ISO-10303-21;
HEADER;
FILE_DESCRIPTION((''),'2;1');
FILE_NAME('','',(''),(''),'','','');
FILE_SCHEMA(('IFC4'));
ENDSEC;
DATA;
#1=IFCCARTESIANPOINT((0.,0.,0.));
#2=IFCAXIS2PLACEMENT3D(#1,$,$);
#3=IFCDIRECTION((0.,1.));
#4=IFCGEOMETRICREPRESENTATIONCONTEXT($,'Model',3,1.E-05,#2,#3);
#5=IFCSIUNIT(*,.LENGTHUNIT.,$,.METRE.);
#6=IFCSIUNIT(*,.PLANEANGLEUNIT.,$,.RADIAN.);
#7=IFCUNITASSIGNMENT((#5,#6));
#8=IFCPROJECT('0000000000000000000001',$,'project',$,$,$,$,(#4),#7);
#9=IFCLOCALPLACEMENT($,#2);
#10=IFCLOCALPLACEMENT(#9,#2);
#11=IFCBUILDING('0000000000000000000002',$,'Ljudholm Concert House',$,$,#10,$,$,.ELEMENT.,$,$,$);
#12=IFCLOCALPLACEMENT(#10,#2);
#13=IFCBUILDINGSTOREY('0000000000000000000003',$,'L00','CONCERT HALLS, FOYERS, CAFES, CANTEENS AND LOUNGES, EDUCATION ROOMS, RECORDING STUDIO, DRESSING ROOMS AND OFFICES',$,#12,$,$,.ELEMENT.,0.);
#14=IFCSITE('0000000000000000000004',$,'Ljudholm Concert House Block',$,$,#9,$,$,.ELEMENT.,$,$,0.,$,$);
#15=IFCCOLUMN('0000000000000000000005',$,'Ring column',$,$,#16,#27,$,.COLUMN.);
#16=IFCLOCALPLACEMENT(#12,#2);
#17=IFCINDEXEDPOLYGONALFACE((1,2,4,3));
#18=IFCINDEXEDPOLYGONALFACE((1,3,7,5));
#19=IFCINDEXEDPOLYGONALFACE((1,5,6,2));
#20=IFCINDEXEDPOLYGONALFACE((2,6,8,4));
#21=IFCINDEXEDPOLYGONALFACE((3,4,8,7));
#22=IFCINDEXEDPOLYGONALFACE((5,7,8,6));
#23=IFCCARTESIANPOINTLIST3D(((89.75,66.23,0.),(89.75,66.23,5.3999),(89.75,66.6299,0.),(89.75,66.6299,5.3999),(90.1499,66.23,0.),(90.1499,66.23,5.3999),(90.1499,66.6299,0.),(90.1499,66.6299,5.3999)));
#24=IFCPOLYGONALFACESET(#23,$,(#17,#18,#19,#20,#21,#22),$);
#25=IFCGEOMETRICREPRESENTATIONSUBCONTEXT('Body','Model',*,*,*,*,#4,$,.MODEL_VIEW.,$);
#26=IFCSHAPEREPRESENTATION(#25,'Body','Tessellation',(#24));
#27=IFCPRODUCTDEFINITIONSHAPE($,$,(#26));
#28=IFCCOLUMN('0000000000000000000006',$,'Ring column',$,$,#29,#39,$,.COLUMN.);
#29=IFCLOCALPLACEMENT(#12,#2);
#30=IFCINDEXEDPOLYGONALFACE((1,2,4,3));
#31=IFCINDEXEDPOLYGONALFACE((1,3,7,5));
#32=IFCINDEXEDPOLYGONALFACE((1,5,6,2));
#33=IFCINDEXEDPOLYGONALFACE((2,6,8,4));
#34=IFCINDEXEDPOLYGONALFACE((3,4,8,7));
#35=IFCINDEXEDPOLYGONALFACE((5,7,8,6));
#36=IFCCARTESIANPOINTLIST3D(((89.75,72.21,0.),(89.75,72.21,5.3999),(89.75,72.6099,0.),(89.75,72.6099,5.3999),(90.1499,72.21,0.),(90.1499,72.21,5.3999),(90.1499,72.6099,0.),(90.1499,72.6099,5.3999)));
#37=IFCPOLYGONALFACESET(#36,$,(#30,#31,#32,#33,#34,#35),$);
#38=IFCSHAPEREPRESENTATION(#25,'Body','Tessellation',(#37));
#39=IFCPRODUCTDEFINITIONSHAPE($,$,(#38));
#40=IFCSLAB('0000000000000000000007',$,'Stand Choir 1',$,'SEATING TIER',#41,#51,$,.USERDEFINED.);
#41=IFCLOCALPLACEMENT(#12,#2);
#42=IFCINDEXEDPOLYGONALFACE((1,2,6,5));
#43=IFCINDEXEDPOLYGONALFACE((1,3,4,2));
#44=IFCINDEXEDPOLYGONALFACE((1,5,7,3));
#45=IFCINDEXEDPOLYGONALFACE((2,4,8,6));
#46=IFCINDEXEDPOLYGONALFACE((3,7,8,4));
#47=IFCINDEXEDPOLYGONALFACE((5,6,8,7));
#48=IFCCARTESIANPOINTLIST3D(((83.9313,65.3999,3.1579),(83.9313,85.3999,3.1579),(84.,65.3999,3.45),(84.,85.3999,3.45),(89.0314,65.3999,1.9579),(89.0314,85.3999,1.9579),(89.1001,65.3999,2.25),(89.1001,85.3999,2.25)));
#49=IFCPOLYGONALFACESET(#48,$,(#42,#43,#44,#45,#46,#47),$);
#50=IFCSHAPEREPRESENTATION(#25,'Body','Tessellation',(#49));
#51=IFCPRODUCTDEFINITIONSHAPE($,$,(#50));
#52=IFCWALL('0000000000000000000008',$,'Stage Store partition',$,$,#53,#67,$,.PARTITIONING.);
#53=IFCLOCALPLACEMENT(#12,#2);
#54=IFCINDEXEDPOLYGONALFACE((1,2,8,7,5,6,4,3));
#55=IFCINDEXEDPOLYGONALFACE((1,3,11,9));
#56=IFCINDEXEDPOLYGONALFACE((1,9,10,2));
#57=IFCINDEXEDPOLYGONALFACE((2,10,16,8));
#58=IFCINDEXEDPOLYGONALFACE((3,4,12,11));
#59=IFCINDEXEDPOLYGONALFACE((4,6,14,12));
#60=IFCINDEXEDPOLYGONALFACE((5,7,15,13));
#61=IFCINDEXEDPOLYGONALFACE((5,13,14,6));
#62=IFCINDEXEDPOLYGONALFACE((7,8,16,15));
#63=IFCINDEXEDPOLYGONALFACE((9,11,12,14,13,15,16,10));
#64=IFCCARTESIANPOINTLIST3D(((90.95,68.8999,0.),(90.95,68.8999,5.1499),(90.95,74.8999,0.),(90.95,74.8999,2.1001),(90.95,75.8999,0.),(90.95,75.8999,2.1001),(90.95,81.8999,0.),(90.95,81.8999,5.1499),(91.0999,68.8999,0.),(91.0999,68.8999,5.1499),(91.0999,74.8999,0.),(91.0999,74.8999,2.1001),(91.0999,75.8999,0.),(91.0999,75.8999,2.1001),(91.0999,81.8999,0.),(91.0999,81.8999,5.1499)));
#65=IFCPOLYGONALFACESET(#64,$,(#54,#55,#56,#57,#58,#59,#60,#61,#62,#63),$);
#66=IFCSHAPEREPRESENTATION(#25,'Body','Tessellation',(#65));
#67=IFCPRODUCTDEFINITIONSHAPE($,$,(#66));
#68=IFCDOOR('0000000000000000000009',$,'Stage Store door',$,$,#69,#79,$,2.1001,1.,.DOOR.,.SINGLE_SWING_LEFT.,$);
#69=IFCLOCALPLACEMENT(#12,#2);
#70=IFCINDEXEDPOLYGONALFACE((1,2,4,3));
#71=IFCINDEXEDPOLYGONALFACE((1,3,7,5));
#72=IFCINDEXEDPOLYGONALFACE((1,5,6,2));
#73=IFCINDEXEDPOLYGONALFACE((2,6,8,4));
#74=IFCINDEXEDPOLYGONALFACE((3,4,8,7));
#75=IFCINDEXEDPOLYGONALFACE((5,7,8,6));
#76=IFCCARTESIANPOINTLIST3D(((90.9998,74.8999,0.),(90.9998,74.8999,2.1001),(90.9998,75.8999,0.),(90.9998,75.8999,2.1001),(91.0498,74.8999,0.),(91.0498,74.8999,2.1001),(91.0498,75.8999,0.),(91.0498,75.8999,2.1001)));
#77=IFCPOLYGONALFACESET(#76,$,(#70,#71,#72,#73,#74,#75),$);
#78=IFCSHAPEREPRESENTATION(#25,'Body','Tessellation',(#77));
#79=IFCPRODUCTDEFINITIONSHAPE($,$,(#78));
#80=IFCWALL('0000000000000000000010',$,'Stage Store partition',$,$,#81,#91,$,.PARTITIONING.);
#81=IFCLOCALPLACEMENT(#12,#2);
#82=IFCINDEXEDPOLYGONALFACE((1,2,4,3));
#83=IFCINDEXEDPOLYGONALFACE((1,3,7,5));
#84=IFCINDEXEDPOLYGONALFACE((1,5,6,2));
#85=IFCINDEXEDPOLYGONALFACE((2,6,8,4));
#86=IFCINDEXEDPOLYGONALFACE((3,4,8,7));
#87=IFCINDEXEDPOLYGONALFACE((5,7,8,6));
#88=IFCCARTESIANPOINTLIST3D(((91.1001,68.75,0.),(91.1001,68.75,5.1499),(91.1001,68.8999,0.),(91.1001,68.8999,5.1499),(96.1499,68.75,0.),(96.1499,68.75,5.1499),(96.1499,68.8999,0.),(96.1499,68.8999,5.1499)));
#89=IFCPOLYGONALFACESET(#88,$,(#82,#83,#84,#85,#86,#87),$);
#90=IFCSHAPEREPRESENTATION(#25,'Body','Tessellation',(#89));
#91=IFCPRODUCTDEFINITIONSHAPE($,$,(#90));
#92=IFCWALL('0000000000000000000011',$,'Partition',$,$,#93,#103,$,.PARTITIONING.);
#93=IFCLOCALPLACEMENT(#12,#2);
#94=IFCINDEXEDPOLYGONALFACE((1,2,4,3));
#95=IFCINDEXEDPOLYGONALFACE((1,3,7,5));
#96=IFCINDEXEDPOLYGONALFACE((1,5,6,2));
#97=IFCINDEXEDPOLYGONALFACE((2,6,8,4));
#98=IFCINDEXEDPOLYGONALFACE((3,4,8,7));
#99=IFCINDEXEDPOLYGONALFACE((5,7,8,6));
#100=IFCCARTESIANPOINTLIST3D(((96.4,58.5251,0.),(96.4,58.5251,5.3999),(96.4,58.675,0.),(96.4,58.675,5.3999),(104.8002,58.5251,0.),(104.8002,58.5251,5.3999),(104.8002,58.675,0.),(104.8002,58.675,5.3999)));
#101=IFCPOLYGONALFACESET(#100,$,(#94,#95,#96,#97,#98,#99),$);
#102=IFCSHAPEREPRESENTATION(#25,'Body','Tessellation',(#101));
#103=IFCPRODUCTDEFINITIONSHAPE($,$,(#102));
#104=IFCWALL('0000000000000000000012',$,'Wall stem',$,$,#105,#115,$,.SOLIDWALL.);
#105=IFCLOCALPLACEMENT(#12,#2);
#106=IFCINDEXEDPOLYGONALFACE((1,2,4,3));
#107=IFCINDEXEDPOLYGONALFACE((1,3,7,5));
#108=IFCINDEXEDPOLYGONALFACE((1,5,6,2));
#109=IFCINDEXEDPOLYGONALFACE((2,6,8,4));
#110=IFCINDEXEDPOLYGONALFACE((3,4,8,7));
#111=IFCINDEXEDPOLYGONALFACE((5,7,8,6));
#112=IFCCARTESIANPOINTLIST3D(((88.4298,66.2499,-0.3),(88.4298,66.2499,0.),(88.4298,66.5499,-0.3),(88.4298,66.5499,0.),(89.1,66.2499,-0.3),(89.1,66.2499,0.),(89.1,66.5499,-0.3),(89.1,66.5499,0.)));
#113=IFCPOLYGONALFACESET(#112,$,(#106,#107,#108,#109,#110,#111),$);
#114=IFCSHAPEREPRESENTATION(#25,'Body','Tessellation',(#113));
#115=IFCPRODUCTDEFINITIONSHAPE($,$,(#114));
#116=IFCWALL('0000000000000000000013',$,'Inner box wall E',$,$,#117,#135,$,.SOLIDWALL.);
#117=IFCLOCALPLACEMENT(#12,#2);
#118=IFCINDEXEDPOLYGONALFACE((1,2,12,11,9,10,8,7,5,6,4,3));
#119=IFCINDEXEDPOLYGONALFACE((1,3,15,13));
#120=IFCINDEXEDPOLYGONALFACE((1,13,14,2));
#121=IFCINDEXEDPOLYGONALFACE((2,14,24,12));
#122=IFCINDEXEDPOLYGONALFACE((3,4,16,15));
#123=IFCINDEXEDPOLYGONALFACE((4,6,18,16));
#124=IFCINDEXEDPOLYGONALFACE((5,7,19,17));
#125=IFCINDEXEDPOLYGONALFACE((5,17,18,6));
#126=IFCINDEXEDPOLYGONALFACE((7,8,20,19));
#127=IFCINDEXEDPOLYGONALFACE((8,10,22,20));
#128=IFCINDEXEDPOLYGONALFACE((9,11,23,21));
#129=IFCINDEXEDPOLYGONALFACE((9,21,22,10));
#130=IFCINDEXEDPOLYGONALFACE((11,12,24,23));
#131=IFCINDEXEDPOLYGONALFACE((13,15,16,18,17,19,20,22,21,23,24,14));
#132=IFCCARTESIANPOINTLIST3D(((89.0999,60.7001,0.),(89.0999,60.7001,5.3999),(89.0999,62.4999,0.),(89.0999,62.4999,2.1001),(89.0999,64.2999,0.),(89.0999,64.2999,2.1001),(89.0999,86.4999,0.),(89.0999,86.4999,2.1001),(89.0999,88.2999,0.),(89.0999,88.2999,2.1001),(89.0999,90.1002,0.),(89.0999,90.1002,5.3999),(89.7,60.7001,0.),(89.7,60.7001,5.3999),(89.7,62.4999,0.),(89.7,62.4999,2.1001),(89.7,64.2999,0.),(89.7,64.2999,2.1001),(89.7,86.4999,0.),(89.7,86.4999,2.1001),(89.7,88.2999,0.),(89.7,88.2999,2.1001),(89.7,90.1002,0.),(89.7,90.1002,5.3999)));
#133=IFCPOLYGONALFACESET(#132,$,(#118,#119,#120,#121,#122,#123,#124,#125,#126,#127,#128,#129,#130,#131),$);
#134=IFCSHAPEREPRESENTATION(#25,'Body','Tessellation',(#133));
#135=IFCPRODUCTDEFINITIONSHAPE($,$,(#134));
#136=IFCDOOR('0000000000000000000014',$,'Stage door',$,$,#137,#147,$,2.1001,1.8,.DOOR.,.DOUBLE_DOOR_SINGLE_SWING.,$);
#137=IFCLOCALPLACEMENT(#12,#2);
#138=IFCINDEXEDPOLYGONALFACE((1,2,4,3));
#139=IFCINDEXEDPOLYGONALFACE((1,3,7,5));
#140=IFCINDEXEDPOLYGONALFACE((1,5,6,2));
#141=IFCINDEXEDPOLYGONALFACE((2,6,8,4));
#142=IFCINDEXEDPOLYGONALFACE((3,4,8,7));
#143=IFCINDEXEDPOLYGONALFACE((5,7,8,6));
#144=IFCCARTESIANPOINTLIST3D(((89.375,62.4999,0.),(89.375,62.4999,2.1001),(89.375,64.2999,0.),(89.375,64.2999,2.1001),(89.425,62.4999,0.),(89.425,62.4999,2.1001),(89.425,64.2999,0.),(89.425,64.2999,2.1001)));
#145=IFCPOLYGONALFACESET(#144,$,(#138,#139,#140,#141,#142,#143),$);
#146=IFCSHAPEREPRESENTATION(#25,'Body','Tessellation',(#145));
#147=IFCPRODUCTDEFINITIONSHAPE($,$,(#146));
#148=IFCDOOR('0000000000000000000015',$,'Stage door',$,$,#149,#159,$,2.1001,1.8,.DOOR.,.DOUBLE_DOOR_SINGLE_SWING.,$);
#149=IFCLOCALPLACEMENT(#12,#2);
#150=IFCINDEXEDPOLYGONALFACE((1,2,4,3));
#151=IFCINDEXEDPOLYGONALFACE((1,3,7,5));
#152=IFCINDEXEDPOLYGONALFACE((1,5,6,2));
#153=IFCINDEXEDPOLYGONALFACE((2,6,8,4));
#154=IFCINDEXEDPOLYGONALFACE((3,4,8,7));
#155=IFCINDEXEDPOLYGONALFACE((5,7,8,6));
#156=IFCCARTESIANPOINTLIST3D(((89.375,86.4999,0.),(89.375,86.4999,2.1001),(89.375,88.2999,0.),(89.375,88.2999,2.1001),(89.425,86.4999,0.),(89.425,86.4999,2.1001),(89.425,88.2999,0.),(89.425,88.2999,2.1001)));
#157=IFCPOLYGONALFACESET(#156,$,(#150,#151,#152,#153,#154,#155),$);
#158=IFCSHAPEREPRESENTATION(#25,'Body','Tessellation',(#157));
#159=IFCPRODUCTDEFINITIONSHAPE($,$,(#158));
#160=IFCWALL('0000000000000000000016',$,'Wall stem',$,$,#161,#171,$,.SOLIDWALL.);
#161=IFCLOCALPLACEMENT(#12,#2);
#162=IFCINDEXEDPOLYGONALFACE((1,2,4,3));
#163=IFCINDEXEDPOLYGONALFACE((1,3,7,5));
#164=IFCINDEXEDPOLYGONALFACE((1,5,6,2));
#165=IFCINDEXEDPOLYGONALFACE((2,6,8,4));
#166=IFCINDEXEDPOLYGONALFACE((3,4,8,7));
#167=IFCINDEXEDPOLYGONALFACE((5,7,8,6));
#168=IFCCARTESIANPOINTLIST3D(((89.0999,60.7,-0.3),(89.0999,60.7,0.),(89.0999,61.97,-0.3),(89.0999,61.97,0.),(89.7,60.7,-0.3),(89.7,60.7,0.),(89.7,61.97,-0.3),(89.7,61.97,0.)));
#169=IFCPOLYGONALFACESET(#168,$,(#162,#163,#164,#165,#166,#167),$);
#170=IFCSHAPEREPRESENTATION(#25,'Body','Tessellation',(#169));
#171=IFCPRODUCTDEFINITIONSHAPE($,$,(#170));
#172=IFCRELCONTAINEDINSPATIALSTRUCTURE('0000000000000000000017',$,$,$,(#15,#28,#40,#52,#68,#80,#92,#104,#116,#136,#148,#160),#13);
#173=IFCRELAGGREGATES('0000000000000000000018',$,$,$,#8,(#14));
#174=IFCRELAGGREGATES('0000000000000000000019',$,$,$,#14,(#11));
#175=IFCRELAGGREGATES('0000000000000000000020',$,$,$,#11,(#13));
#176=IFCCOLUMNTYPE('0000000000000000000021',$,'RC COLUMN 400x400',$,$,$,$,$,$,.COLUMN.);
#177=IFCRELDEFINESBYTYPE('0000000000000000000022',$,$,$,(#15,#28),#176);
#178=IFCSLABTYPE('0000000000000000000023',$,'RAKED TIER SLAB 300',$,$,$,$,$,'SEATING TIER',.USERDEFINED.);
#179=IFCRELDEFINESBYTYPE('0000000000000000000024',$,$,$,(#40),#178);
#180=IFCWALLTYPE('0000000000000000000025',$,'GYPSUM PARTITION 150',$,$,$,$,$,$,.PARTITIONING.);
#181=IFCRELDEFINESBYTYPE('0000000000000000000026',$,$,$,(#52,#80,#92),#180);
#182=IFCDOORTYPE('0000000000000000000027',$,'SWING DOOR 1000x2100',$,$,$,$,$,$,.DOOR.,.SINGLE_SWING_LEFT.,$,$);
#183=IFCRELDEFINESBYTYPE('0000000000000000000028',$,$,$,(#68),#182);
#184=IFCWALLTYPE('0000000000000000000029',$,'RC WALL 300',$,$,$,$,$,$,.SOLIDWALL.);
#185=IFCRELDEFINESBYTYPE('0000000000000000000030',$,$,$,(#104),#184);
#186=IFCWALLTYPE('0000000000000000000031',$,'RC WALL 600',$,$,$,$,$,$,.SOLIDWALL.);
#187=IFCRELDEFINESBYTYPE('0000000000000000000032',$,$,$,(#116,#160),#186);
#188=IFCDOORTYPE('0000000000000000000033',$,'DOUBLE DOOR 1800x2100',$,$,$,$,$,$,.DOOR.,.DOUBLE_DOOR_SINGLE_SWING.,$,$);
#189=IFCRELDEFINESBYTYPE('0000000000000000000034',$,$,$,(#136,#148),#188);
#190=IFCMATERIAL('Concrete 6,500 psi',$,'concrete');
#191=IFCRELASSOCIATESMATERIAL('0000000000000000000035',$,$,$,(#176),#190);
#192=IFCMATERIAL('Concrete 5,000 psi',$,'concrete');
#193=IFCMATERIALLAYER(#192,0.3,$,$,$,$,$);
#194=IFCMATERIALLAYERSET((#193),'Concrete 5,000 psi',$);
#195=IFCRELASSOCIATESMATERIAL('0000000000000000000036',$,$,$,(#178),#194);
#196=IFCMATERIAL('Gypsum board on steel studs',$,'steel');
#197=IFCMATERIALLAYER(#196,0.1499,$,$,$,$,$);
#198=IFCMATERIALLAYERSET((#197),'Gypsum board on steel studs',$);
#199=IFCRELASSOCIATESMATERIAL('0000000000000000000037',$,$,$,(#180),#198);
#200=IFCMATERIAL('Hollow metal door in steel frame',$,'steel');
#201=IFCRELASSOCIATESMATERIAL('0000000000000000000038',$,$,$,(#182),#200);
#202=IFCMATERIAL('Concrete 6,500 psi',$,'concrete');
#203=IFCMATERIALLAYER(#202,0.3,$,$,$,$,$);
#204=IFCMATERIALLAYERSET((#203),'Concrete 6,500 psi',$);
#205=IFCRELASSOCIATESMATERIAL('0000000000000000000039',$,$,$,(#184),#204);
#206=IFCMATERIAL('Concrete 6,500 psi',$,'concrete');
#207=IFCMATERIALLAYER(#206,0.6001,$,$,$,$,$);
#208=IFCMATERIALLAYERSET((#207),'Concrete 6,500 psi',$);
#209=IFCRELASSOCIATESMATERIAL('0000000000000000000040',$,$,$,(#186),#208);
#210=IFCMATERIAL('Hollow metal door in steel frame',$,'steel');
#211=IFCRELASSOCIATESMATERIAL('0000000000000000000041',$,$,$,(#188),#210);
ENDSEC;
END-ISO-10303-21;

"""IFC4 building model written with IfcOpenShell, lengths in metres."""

from ifc_helpers import new_model, si_unit, direction, frame, frame_2d, origin, origin_2d, place, context, subcontext, project, spatial, polyline, rectangle, outline, extrude, material, layer, layer_set, material_profile, profile_set, type_object, element, fill, save


model = new_model("IFC4")

# Units and contexts
model_context = context("Model", 3, precision=1e-05, world=origin(), true_north=direction((0.0, 1.0)))
body_context = subcontext(model_context, "Body", "Model", "MODEL_VIEW")
ifc_project = project(units=[si_unit("LENGTHUNIT", "METRE"), si_unit("PLANEANGLEUNIT", "RADIAN")], contexts=[model_context])

# Site, building, storey
site_placement = place(None, origin())
site = spatial("IfcSite", under=ifc_project, at=site_placement, Name="Ljudholm Concert House Block", CompositionType="ELEMENT", RefElevation=0.0)
building_placement = place(site_placement, origin())
building = spatial("IfcBuilding", under=site, at=building_placement, Name="Ljudholm Concert House", CompositionType="ELEMENT")
storey_placement = place(building_placement, origin())
storey = spatial("IfcBuildingStorey", under=building, at=storey_placement, Name="L00", Description="CONCERT HALLS, FOYERS, CAFES, CANTEENS AND LOUNGES, EDUCATION ROOMS, RECORDING STUDIO, DRESSING ROOMS AND OFFICES", CompositionType="ELEMENT", Elevation=0.0)

# Columns
ifc_material_1 = material(Name="Concrete 6,500 psi", Category="concrete")
ifc_material_profile_1 = material_profile(ifc_material_1, rectangle(XDim=0.3999, YDim=0.3999, at=origin_2d()), Name="RC COLUMN 400x400")
ifc_profile_set_1 = profile_set([ifc_material_profile_1], Name="Concrete 6,500 psi")
column_type = type_object("IfcColumnType", Name="RC COLUMN 400x400", PredefinedType="COLUMN", material=ifc_profile_set_1)
for number, where, z_axis, x_axis, name in (
    (1, (89.95, 66.4299, 0.0), (0.0, 0.0, 1.0), (1.0, 0.0, 0.0), "Ring column"),
    (2, (89.95, 72.4099, 0.0), (0.0, 0.0, 1.0), (1.0, 0.0, 0.0), "Ring column"),
):
    element("IfcColumn", number, at=place(storey_placement, frame(where, z_axis=z_axis, x_axis=x_axis)), inside=storey, type_object=column_type, Name=name, PredefinedType="COLUMN", context=body_context, shape_type="SweptSolid", body=[
        extrude(rectangle(XDim=0.3999, YDim=0.3999, at=origin_2d()), origin(), (0.0, 0.0, 1.0), 5.3999),
    ])

# Slab
ifc_material_2 = material(Name="Concrete 5,000 psi", Category="concrete")
ifc_layer_1 = layer(ifc_material_2, 0.3)
ifc_layer_set_1 = layer_set([ifc_layer_1], Name="Concrete 5,000 psi")
slab_type = type_object("IfcSlabType", Name="RAKED TIER SLAB 300", ElementType="SEATING TIER", PredefinedType="USERDEFINED", material=ifc_layer_set_1)
slab_placement = place(storey_placement, frame((89.1001, 65.3999, 2.25), z_axis=(0.229026, 0.0, 0.97342), x_axis=(0.0, 1.0, 0.0)))
element("IfcSlab", 3, at=slab_placement, inside=storey, type_object=slab_type, Name="Stand Choir 1", ObjectType="SEATING TIER", PredefinedType="USERDEFINED", context=body_context, shape_type="SweptSolid", body=[
    extrude(outline(polyline([(0.0, 0.0), (20.0, 0.0), (20.0, 5.2394), (0.0, 5.2394), (0.0, 0.0)])), origin(), (0.0, 0.0, -1.0), 0.3),
])

# Wall, opening, door
ifc_material_3 = material(Name="Gypsum board on steel studs", Category="steel")
ifc_layer_2 = layer(ifc_material_3, 0.1499)
ifc_layer_set_2 = layer_set([ifc_layer_2], Name="Gypsum board on steel studs")
wall_type_1 = type_object("IfcWallType", Name="GYPSUM PARTITION 150", PredefinedType="PARTITIONING", material=ifc_layer_set_2)
wall_1_placement = place(storey_placement, frame((91.0249, 68.8999, 0.0), z_axis=(0.0, 0.0, 1.0), x_axis=(0.0, 1.0, 0.0)))
wall_1 = element("IfcWall", 4, at=wall_1_placement, inside=storey, type_object=wall_type_1, Name="Stage Store partition", PredefinedType="PARTITIONING", context=body_context, shape_type="SweptSolid", body=[
    extrude(rectangle(XDim=13.0, YDim=0.1499, at=frame_2d((6.5, 0.0))), origin(), (0.0, 0.0, 1.0), 5.1499),
])
opening_1_placement = place(wall_1_placement, frame((6.0, 0.0, 0.0)))
opening_1 = element("IfcOpeningElement", 5, at=opening_1_placement, cuts=wall_1, PredefinedType="OPENING", context=body_context, shape_type="SweptSolid", body=[
    extrude(rectangle(XDim=1.0, YDim=2.1001, at=frame_2d((0.5, 1.05))), frame((0.0, 0.085, 0.0), z_axis=(0.0, -1.0, 0.0), x_axis=(1.0, 0.0, 0.0)), (0.0, 0.0, 1.0), 0.1699),
])
ifc_material_4 = material(Name="Hollow metal door in steel frame", Category="steel")
door_type_1 = type_object("IfcDoorType", Name="SWING DOOR 1000x2100", OperationType="SINGLE_SWING_LEFT", PredefinedType="DOOR", material=ifc_material_4)
door_1_placement = place(opening_1_placement, frame((1.0, 0.0, 0.0), z_axis=(0.0, 0.0, 1.0), x_axis=(-1.0, 0.0, 0.0)))
door_1 = element("IfcDoor", 6, at=door_1_placement, inside=storey, type_object=door_type_1, Name="Stage Store door", OperationType="SINGLE_SWING_LEFT", OverallHeight=2.1001, OverallWidth=1.0, PredefinedType="DOOR", context=body_context, shape_type="SweptSolid", body=[
    extrude(rectangle(XDim=1.0, YDim=2.1001, at=frame_2d((0.5, 1.05))), frame((0.0, 0.0249, 0.0), z_axis=(0.0, -1.0, 0.0), x_axis=(1.0, 0.0, 0.0)), (0.0, 0.0, 1.0), 0.05),
])
fill(opening_1, door_1)

# Walls
wall_2_placement = place(storey_placement, frame((91.1001, 68.825, 0.0), z_axis=(0.0, 0.0, 1.0), x_axis=(1.0, 0.0, 0.0)))
element("IfcWall", 7, at=wall_2_placement, inside=storey, type_object=wall_type_1, Name="Stage Store partition", PredefinedType="PARTITIONING", context=body_context, shape_type="SweptSolid", body=[
    extrude(rectangle(XDim=5.0498, YDim=0.1499, at=frame_2d((2.5249, 0.0))), origin(), (0.0, 0.0, 1.0), 5.1499),
])
wall_3_placement = place(storey_placement, frame((96.3999, 58.6001, 0.0), z_axis=(0.0, 0.0, 1.0), x_axis=(1.0, 0.0, 0.0)))
element("IfcWall", 8, at=wall_3_placement, inside=storey, type_object=wall_type_1, Name="Partition", PredefinedType="PARTITIONING", context=body_context, shape_type="SweptSolid", body=[
    extrude(rectangle(XDim=8.4001, YDim=0.1499, at=frame_2d((4.2002, 0.0))), origin(), (0.0, 0.0, 1.0), 5.3999),
])
ifc_material_5 = material(Name="Concrete 6,500 psi", Category="concrete")
ifc_layer_3 = layer(ifc_material_5, 0.3)
ifc_layer_set_3 = layer_set([ifc_layer_3], Name="Concrete 6,500 psi")
wall_type_2 = type_object("IfcWallType", Name="RC WALL 300", PredefinedType="SOLIDWALL", material=ifc_layer_set_3)
wall_4_placement = place(storey_placement, frame((88.4299, 66.3999, -0.3), z_axis=(0.0, 0.0, 1.0), x_axis=(1.0, 0.0, 0.0)))
element("IfcWall", 9, at=wall_4_placement, inside=storey, type_object=wall_type_2, Name="Wall stem", PredefinedType="SOLIDWALL", context=body_context, shape_type="SweptSolid", body=[
    extrude(rectangle(XDim=0.6702, YDim=0.3, at=frame_2d((0.335, 0.0))), origin(), (0.0, 0.0, 1.0), 0.3),
])

# Wall, openings, doors
ifc_material_6 = material(Name="Concrete 6,500 psi", Category="concrete")
ifc_layer_4 = layer(ifc_material_6, 0.6001)
ifc_layer_set_4 = layer_set([ifc_layer_4], Name="Concrete 6,500 psi")
wall_type_3 = type_object("IfcWallType", Name="RC WALL 600", PredefinedType="SOLIDWALL", material=ifc_layer_set_4)
wall_5_placement = place(storey_placement, frame((89.3999, 60.7, 0.0), z_axis=(0.0, 0.0, 1.0), x_axis=(0.0, 1.0, 0.0)))
wall_5 = element("IfcWall", 10, at=wall_5_placement, inside=storey, type_object=wall_type_3, Name="Inner box wall E", PredefinedType="SOLIDWALL", context=body_context, shape_type="SweptSolid", body=[
    extrude(rectangle(XDim=29.4001, YDim=0.6001, at=frame_2d((14.7002, 0.0))), origin(), (0.0, 0.0, 1.0), 5.3999),
])
opening_2_placement = place(wall_5_placement, frame((1.8, 0.0, 0.0)))
opening_2 = element("IfcOpeningElement", 11, at=opening_2_placement, cuts=wall_5, PredefinedType="OPENING", context=body_context, shape_type="SweptSolid", body=[
    extrude(rectangle(XDim=1.8, YDim=2.1001, at=frame_2d((0.8999, 1.05))), frame((0.0, 0.3101, 0.0), z_axis=(0.0, -1.0, 0.0), x_axis=(1.0, 0.0, 0.0)), (0.0, 0.0, 1.0), 0.6201),
])
opening_3_placement = place(wall_5_placement, frame((25.8, 0.0, 0.0)))
opening_3 = element("IfcOpeningElement", 12, at=opening_3_placement, cuts=wall_5, PredefinedType="OPENING", context=body_context, shape_type="SweptSolid", body=[
    extrude(rectangle(XDim=1.8, YDim=2.1001, at=frame_2d((0.8999, 1.05))), frame((0.0, 0.3101, 0.0), z_axis=(0.0, -1.0, 0.0), x_axis=(1.0, 0.0, 0.0)), (0.0, 0.0, 1.0), 0.6201),
])
ifc_material_7 = material(Name="Hollow metal door in steel frame", Category="steel")
door_type_2 = type_object("IfcDoorType", Name="DOUBLE DOOR 1800x2100", OperationType="DOUBLE_DOOR_SINGLE_SWING", PredefinedType="DOOR", material=ifc_material_7)
door_2_placement = place(opening_2_placement, origin())
door_2 = element("IfcDoor", 13, at=door_2_placement, inside=storey, type_object=door_type_2, Name="Stage door", OperationType="DOUBLE_DOOR_SINGLE_SWING", OverallHeight=2.1001, OverallWidth=1.8, PredefinedType="DOOR", context=body_context, shape_type="SweptSolid", body=[
    extrude(rectangle(XDim=1.8, YDim=2.1001, at=frame_2d((0.8999, 1.05))), frame((0.0, 0.0249, 0.0), z_axis=(0.0, -1.0, 0.0), x_axis=(1.0, 0.0, 0.0)), (0.0, 0.0, 1.0), 0.05),
])
fill(opening_2, door_2)
door_3_placement = place(opening_3_placement, origin())
door_3 = element("IfcDoor", 14, at=door_3_placement, inside=storey, type_object=door_type_2, Name="Stage door", OperationType="DOUBLE_DOOR_SINGLE_SWING", OverallHeight=2.1001, OverallWidth=1.8, PredefinedType="DOOR", context=body_context, shape_type="SweptSolid", body=[
    extrude(rectangle(XDim=1.8, YDim=2.1001, at=frame_2d((0.8999, 1.05))), frame((0.0, 0.0249, 0.0), z_axis=(0.0, -1.0, 0.0), x_axis=(1.0, 0.0, 0.0)), (0.0, 0.0, 1.0), 0.05),
])
fill(opening_3, door_3)

# Wall
wall_6_placement = place(storey_placement, frame((89.3999, 60.7, -0.3), z_axis=(0.0, 0.0, 1.0), x_axis=(0.0, 1.0, 0.0)))
element("IfcWall", 15, at=wall_6_placement, inside=storey, type_object=wall_type_3, Name="Wall stem", PredefinedType="SOLIDWALL", context=body_context, shape_type="SweptSolid", body=[
    extrude(rectangle(XDim=1.27, YDim=0.6001, at=frame_2d((0.635, 0.0))), origin(), (0.0, 0.0, 1.0), 0.3),
])

save(model, "model.ifc")
